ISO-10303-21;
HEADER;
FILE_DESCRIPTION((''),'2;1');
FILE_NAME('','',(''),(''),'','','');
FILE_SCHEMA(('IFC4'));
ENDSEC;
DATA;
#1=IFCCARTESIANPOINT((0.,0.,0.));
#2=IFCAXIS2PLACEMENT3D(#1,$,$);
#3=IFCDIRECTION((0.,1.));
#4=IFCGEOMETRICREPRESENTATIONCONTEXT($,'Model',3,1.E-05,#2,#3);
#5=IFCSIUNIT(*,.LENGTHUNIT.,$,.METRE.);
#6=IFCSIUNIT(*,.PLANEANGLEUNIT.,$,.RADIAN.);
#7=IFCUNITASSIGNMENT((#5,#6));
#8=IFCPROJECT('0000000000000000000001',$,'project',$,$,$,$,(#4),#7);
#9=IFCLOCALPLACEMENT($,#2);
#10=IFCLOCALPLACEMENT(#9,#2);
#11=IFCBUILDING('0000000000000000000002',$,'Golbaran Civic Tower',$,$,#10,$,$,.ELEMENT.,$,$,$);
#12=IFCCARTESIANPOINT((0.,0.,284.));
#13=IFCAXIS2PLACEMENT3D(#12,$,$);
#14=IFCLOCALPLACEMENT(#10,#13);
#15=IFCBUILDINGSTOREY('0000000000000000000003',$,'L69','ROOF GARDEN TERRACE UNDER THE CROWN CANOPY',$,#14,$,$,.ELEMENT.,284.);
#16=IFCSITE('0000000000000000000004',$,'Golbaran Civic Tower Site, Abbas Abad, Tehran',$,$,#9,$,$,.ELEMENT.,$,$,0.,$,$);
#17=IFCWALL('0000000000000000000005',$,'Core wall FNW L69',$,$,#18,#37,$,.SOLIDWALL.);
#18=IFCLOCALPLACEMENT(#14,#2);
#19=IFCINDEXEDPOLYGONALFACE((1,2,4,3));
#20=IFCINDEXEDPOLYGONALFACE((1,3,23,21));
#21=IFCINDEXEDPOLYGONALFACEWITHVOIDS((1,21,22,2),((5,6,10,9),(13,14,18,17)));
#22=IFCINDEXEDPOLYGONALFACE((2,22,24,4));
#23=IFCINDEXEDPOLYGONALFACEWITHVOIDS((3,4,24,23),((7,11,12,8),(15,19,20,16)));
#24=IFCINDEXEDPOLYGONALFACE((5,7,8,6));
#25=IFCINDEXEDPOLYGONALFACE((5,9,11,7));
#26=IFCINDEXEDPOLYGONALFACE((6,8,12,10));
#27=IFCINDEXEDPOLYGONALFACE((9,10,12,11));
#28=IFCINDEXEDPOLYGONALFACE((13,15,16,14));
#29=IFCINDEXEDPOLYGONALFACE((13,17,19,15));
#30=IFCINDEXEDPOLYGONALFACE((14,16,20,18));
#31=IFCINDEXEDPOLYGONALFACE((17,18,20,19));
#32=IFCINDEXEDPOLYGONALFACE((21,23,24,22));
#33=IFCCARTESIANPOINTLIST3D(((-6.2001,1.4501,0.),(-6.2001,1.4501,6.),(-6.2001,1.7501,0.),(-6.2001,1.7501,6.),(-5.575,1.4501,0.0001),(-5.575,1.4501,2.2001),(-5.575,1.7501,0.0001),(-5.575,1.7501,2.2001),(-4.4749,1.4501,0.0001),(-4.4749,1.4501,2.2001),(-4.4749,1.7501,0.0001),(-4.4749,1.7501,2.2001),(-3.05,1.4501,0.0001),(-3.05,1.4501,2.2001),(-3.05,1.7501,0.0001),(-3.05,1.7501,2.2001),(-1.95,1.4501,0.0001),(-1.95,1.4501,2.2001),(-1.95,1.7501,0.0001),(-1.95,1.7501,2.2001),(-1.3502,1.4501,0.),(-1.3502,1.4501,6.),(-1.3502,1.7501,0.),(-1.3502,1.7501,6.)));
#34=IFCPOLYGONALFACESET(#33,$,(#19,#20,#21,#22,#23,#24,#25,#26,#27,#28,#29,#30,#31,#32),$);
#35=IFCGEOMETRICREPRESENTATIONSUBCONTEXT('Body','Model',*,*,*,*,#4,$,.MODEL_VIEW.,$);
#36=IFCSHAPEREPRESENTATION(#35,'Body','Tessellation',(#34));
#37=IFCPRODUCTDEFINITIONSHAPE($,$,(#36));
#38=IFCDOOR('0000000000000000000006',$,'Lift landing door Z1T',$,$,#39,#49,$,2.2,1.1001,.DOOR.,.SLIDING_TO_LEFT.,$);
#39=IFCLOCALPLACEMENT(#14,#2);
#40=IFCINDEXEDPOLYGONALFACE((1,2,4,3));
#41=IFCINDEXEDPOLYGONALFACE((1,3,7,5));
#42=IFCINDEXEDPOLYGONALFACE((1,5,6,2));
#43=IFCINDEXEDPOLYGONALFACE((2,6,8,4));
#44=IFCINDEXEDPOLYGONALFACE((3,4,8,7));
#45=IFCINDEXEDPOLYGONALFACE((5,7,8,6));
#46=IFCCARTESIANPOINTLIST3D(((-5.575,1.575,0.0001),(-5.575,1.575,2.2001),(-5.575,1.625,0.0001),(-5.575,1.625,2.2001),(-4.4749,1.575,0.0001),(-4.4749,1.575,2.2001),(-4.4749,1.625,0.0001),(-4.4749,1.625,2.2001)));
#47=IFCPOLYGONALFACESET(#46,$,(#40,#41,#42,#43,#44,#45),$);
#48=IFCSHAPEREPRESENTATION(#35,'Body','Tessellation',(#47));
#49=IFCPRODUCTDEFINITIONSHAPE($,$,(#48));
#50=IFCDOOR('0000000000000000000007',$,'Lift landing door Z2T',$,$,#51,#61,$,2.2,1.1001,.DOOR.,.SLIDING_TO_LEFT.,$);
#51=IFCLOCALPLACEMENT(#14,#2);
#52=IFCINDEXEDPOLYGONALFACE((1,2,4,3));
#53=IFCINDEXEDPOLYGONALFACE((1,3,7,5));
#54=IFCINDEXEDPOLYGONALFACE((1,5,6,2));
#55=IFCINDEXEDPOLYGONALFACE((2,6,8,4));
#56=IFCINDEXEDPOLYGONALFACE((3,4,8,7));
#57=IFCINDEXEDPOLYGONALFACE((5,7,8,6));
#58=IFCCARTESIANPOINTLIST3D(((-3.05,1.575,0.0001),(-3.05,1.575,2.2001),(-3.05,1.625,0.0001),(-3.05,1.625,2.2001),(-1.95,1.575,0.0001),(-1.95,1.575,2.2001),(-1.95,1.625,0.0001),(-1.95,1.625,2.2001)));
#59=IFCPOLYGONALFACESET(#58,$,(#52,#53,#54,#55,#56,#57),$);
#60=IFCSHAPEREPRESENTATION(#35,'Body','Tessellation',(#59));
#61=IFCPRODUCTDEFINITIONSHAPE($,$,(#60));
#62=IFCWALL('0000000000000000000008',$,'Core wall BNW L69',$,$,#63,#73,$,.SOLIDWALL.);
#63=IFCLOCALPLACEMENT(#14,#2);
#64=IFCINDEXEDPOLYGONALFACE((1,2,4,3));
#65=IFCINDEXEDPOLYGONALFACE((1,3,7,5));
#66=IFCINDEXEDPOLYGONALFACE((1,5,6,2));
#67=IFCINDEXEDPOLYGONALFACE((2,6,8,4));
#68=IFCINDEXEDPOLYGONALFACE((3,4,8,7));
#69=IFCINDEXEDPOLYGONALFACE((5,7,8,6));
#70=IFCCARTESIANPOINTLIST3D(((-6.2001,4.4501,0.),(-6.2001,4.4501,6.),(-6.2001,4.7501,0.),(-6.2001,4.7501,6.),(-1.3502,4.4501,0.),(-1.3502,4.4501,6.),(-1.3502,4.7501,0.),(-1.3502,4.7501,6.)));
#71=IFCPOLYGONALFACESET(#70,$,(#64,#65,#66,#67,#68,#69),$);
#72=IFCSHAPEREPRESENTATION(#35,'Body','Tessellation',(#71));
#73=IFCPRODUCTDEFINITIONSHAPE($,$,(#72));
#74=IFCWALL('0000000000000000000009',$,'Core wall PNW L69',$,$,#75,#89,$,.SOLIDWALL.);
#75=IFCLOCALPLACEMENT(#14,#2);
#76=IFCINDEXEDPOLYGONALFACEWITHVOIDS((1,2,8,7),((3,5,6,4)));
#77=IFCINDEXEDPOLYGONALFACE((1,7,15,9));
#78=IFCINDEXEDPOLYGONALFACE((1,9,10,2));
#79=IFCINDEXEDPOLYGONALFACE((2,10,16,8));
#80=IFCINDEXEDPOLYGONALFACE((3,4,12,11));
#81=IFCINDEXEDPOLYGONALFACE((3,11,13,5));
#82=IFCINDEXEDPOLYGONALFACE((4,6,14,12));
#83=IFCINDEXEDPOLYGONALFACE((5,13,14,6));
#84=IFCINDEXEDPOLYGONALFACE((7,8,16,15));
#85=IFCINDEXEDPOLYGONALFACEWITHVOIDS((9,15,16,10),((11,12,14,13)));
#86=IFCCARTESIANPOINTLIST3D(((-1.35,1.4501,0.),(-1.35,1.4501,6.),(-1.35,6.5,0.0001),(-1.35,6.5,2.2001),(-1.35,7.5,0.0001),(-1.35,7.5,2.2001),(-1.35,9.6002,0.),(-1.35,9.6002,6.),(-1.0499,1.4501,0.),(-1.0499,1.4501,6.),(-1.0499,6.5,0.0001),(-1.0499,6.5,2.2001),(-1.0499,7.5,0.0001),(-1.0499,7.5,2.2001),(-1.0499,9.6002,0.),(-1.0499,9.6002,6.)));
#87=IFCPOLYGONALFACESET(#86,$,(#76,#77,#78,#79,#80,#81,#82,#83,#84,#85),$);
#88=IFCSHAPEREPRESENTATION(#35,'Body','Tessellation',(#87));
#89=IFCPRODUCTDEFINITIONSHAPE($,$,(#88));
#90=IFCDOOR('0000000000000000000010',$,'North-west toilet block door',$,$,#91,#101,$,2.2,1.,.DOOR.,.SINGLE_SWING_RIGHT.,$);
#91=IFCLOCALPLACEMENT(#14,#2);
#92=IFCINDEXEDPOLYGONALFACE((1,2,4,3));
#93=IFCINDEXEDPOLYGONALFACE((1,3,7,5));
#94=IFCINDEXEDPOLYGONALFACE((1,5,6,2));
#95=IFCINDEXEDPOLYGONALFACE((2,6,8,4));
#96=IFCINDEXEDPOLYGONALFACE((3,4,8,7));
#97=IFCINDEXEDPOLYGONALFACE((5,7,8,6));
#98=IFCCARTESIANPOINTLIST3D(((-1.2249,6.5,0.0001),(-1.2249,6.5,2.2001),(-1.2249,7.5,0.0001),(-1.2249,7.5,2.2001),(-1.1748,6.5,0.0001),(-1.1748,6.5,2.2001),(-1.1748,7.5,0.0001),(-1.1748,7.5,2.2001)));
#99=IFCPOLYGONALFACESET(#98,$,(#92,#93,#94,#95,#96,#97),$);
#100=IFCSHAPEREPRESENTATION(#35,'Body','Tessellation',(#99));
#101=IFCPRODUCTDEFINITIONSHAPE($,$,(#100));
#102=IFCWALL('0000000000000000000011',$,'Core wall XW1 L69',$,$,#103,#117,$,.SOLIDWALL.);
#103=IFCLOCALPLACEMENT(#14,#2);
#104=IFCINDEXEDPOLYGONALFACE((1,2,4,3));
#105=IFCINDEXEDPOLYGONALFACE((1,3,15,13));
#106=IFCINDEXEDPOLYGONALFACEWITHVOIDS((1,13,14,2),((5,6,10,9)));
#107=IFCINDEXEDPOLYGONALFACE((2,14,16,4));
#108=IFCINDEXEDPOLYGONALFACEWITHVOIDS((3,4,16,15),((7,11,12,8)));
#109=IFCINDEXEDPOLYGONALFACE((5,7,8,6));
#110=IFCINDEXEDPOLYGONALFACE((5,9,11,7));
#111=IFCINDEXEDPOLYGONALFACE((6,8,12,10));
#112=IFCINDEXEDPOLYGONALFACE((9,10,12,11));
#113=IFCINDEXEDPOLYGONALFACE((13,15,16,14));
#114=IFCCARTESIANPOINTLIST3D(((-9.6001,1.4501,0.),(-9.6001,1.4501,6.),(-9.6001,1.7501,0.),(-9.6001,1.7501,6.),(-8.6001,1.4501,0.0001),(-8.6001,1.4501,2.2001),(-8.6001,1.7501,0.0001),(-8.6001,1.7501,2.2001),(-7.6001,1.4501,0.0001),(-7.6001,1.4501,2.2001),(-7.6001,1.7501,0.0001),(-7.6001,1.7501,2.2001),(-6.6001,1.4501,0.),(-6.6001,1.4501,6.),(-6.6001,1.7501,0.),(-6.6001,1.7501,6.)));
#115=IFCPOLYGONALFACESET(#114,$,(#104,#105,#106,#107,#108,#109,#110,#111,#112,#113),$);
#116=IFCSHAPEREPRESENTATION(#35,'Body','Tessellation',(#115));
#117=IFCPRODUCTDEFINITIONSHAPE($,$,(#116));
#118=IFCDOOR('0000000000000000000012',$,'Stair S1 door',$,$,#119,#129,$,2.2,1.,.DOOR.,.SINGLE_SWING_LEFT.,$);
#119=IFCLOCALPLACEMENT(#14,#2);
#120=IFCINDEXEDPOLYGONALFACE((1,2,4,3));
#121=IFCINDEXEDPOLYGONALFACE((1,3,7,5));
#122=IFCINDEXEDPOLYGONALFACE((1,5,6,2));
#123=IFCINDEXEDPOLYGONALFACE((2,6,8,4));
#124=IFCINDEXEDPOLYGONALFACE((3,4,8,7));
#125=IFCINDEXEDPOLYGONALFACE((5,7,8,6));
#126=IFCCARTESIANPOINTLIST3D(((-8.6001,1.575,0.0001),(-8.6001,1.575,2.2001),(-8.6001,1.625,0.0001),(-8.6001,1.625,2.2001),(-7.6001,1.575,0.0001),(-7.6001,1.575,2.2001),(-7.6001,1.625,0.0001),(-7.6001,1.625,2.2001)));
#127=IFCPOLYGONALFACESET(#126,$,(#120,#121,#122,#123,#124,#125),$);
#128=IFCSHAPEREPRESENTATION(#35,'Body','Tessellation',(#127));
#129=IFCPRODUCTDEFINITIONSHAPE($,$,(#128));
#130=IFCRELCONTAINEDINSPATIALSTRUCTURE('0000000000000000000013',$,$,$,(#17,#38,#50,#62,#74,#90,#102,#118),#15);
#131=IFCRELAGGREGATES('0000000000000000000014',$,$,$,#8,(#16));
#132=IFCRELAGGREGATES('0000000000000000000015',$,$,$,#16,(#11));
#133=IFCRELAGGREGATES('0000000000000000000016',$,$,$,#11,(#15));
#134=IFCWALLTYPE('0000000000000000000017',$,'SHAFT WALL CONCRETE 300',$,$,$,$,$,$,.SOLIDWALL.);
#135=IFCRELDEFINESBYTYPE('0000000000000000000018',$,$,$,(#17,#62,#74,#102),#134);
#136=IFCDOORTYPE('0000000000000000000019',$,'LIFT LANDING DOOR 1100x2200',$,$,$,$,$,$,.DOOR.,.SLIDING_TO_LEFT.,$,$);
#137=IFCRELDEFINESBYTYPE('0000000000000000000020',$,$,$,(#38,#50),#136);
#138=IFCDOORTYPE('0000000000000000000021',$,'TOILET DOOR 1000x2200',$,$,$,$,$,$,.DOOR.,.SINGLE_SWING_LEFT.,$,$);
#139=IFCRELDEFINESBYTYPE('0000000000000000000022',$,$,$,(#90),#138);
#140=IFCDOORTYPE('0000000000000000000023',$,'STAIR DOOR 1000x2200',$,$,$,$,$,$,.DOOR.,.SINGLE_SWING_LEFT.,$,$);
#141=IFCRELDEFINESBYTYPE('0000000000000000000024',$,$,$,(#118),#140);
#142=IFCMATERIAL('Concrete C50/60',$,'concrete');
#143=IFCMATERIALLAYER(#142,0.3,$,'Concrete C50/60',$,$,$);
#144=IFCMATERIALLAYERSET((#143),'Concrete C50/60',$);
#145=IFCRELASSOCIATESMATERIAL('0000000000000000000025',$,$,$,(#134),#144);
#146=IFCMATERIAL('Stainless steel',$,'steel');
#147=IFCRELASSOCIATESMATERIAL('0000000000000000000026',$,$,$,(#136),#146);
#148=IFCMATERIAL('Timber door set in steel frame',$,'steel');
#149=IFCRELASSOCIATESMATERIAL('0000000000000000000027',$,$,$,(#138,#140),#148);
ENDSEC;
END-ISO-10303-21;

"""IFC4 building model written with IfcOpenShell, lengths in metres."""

from ifc_helpers import new_model, si_unit, direction, frame, frame_2d, origin, place, context, subcontext, project, spatial, rectangle, extrude, material, layer, layer_set, type_object, element, fill, save


model = new_model("IFC4")

# Units and contexts
model_context = context("Model", 3, precision=1e-05, world=origin(), true_north=direction((0.0, 1.0)))
body_context = subcontext(model_context, "Body", "Model", "MODEL_VIEW")
ifc_project = project(units=[si_unit("LENGTHUNIT", "METRE"), si_unit("PLANEANGLEUNIT", "RADIAN")], contexts=[model_context])

# Site, building, storey
site_placement = place(None, origin())
site = spatial("IfcSite", under=ifc_project, at=site_placement, Name="Golbaran Civic Tower Site, Abbas Abad, Tehran", CompositionType="ELEMENT", RefElevation=0.0)
building_placement = place(site_placement, origin())
building = spatial("IfcBuilding", under=site, at=building_placement, Name="Golbaran Civic Tower", CompositionType="ELEMENT")
storey_placement = place(building_placement, frame((0.0, 0.0, 284.0)))
storey = spatial("IfcBuildingStorey", under=building, at=storey_placement, Name="L69", Description="ROOF GARDEN TERRACE UNDER THE CROWN CANOPY", CompositionType="ELEMENT", Elevation=284.0)

# Shared definitions
ifc_material_1 = material(Name="Concrete C50/60", Category="concrete")
ifc_material_2 = material(Name="Timber door set in steel frame", Category="steel")

# Wall, openings, doors
ifc_layer_1 = layer(ifc_material_1, 0.3, Name="Concrete C50/60")
ifc_layer_set_1 = layer_set([ifc_layer_1], Name="Concrete C50/60")
wall_type_1 = type_object("IfcWallType", Name="SHAFT WALL CONCRETE 300", PredefinedType="SOLIDWALL", material=ifc_layer_set_1)
wall_1_placement = place(storey_placement, frame((-6.2, 1.6001, 0.0), z_axis=(0.0, 0.0, 1.0), x_axis=(1.0, 0.0, 0.0)))
wall_1 = element("IfcWall", 1, at=wall_1_placement, inside=storey, type_object=wall_type_1, Name="Core wall FNW L69", PredefinedType="SOLIDWALL", context=body_context, shape_type="SweptSolid", body=[
    extrude(rectangle(XDim=4.8499, YDim=0.3, at=frame_2d((2.4248, 0.0))), origin(), (0.0, 0.0, 1.0), 6.0),
])
opening_1_placement = place(wall_1_placement, frame((0.625, 0.0, 0.0)))
opening_1 = element("IfcOpeningElement", 2, at=opening_1_placement, cuts=wall_1, PredefinedType="OPENING", context=body_context, shape_type="SweptSolid", body=[
    extrude(rectangle(XDim=1.1001, YDim=2.2, at=frame_2d((0.55, 1.1001))), frame((0.0, 0.1599, 0.0), z_axis=(0.0, -1.0, 0.0), x_axis=(1.0, 0.0, 0.0)), (0.0, 0.0, 1.0), 0.3201),
])
opening_2_placement = place(wall_1_placement, frame((3.1499, 0.0, 0.0)))
opening_2 = element("IfcOpeningElement", 3, at=opening_2_placement, cuts=wall_1, PredefinedType="OPENING", context=body_context, shape_type="SweptSolid", body=[
    extrude(rectangle(XDim=1.1001, YDim=2.2, at=frame_2d((0.55, 1.1001))), frame((0.0, 0.1599, 0.0), z_axis=(0.0, -1.0, 0.0), x_axis=(1.0, 0.0, 0.0)), (0.0, 0.0, 1.0), 0.3201),
])
ifc_material_3 = material(Name="Stainless steel", Category="steel")
door_type_1 = type_object("IfcDoorType", Name="LIFT LANDING DOOR 1100x2200", OperationType="SLIDING_TO_LEFT", PredefinedType="DOOR", material=ifc_material_3)
door_1_placement = place(opening_1_placement, origin())
door_1 = element("IfcDoor", 4, at=door_1_placement, inside=storey, type_object=door_type_1, Name="Lift landing door Z1T", OperationType="SLIDING_TO_LEFT", OverallHeight=2.2, OverallWidth=1.1001, PredefinedType="DOOR", context=body_context, shape_type="SweptSolid", body=[
    extrude(rectangle(XDim=1.1001, YDim=2.2, at=frame_2d((0.55, 1.1001))), frame((0.0, 0.0249, 0.0), z_axis=(0.0, -1.0, 0.0), x_axis=(1.0, 0.0, 0.0)), (0.0, 0.0, 1.0), 0.05),
])
fill(opening_1, door_1)
door_2_placement = place(opening_2_placement, origin())
door_2 = element("IfcDoor", 5, at=door_2_placement, inside=storey, type_object=door_type_1, Name="Lift landing door Z2T", OperationType="SLIDING_TO_LEFT", OverallHeight=2.2, OverallWidth=1.1001, PredefinedType="DOOR", context=body_context, shape_type="SweptSolid", body=[
    extrude(rectangle(XDim=1.1001, YDim=2.2, at=frame_2d((0.55, 1.1001))), frame((0.0, 0.0249, 0.0), z_axis=(0.0, -1.0, 0.0), x_axis=(1.0, 0.0, 0.0)), (0.0, 0.0, 1.0), 0.05),
])
fill(opening_2, door_2)

# Wall
wall_2_placement = place(storey_placement, frame((-6.2, 4.6001, 0.0), z_axis=(0.0, 0.0, 1.0), x_axis=(1.0, 0.0, 0.0)))
element("IfcWall", 6, at=wall_2_placement, inside=storey, type_object=wall_type_1, Name="Core wall BNW L69", PredefinedType="SOLIDWALL", context=body_context, shape_type="SweptSolid", body=[
    extrude(rectangle(XDim=4.8499, YDim=0.3, at=frame_2d((2.4248, 0.0))), origin(), (0.0, 0.0, 1.0), 6.0),
])

# Walls, openings, doors
wall_3_placement = place(storey_placement, frame((-1.2, 1.45, 0.0), z_axis=(0.0, 0.0, 1.0), x_axis=(0.0, 1.0, 0.0)))
wall_3 = element("IfcWall", 7, at=wall_3_placement, inside=storey, type_object=wall_type_1, Name="Core wall PNW L69", PredefinedType="SOLIDWALL", context=body_context, shape_type="SweptSolid", body=[
    extrude(rectangle(XDim=8.1501, YDim=0.3, at=frame_2d((4.0752, 0.0))), origin(), (0.0, 0.0, 1.0), 6.0),
])
opening_3_placement = place(wall_3_placement, frame((5.05, 0.0, 0.0)))
opening_3 = element("IfcOpeningElement", 8, at=opening_3_placement, cuts=wall_3, PredefinedType="OPENING", context=body_context, shape_type="SweptSolid", body=[
    extrude(rectangle(XDim=1.0, YDim=2.2, at=frame_2d((0.5, 1.1001))), frame((0.0, 0.1599, 0.0), z_axis=(0.0, -1.0, 0.0), x_axis=(1.0, 0.0, 0.0)), (0.0, 0.0, 1.0), 0.3201),
])
door_type_2 = type_object("IfcDoorType", Name="TOILET DOOR 1000x2200", OperationType="SINGLE_SWING_LEFT", PredefinedType="DOOR", material=ifc_material_2)
door_3_placement = place(opening_3_placement, origin())
door_3 = element("IfcDoor", 9, at=door_3_placement, inside=storey, type_object=door_type_2, Name="North-west toilet block door", OperationType="SINGLE_SWING_RIGHT", OverallHeight=2.2, OverallWidth=1.0, PredefinedType="DOOR", context=body_context, shape_type="SweptSolid", body=[
    extrude(rectangle(XDim=1.0, YDim=2.2, at=frame_2d((0.5, 1.1001))), frame((0.0, 0.0249, 0.0), z_axis=(0.0, -1.0, 0.0), x_axis=(1.0, 0.0, 0.0)), (0.0, 0.0, 1.0), 0.05),
])
fill(opening_3, door_3)
wall_4_placement = place(storey_placement, frame((-9.6001, 1.6001, 0.0), z_axis=(0.0, 0.0, 1.0), x_axis=(1.0, 0.0, 0.0)))
wall_4 = element("IfcWall", 10, at=wall_4_placement, inside=storey, type_object=wall_type_1, Name="Core wall XW1 L69", PredefinedType="SOLIDWALL", context=body_context, shape_type="SweptSolid", body=[
    extrude(rectangle(XDim=3.0, YDim=0.3, at=frame_2d((1.5, 0.0))), origin(), (0.0, 0.0, 1.0), 6.0),
])
opening_4_placement = place(wall_4_placement, frame((1.0, 0.0, 0.0)))
opening_4 = element("IfcOpeningElement", 11, at=opening_4_placement, cuts=wall_4, PredefinedType="OPENING", context=body_context, shape_type="SweptSolid", body=[
    extrude(rectangle(XDim=1.0, YDim=2.2, at=frame_2d((0.5, 1.1001))), frame((0.0, 0.1599, 0.0), z_axis=(0.0, -1.0, 0.0), x_axis=(1.0, 0.0, 0.0)), (0.0, 0.0, 1.0), 0.3201),
])
door_type_3 = type_object("IfcDoorType", Name="STAIR DOOR 1000x2200", OperationType="SINGLE_SWING_LEFT", PredefinedType="DOOR", material=ifc_material_2)
door_4_placement = place(opening_4_placement, origin())
door_4 = element("IfcDoor", 12, at=door_4_placement, inside=storey, type_object=door_type_3, Name="Stair S1 door", OperationType="SINGLE_SWING_LEFT", OverallHeight=2.2, OverallWidth=1.0, PredefinedType="DOOR", context=body_context, shape_type="SweptSolid", body=[
    extrude(rectangle(XDim=1.0, YDim=2.2, at=frame_2d((0.5, 1.1001))), frame((0.0, 0.0249, 0.0), z_axis=(0.0, -1.0, 0.0), x_axis=(1.0, 0.0, 0.0)), (0.0, 0.0, 1.0), 0.05),
])
fill(opening_4, door_4)

save(model, "model.ifc")
